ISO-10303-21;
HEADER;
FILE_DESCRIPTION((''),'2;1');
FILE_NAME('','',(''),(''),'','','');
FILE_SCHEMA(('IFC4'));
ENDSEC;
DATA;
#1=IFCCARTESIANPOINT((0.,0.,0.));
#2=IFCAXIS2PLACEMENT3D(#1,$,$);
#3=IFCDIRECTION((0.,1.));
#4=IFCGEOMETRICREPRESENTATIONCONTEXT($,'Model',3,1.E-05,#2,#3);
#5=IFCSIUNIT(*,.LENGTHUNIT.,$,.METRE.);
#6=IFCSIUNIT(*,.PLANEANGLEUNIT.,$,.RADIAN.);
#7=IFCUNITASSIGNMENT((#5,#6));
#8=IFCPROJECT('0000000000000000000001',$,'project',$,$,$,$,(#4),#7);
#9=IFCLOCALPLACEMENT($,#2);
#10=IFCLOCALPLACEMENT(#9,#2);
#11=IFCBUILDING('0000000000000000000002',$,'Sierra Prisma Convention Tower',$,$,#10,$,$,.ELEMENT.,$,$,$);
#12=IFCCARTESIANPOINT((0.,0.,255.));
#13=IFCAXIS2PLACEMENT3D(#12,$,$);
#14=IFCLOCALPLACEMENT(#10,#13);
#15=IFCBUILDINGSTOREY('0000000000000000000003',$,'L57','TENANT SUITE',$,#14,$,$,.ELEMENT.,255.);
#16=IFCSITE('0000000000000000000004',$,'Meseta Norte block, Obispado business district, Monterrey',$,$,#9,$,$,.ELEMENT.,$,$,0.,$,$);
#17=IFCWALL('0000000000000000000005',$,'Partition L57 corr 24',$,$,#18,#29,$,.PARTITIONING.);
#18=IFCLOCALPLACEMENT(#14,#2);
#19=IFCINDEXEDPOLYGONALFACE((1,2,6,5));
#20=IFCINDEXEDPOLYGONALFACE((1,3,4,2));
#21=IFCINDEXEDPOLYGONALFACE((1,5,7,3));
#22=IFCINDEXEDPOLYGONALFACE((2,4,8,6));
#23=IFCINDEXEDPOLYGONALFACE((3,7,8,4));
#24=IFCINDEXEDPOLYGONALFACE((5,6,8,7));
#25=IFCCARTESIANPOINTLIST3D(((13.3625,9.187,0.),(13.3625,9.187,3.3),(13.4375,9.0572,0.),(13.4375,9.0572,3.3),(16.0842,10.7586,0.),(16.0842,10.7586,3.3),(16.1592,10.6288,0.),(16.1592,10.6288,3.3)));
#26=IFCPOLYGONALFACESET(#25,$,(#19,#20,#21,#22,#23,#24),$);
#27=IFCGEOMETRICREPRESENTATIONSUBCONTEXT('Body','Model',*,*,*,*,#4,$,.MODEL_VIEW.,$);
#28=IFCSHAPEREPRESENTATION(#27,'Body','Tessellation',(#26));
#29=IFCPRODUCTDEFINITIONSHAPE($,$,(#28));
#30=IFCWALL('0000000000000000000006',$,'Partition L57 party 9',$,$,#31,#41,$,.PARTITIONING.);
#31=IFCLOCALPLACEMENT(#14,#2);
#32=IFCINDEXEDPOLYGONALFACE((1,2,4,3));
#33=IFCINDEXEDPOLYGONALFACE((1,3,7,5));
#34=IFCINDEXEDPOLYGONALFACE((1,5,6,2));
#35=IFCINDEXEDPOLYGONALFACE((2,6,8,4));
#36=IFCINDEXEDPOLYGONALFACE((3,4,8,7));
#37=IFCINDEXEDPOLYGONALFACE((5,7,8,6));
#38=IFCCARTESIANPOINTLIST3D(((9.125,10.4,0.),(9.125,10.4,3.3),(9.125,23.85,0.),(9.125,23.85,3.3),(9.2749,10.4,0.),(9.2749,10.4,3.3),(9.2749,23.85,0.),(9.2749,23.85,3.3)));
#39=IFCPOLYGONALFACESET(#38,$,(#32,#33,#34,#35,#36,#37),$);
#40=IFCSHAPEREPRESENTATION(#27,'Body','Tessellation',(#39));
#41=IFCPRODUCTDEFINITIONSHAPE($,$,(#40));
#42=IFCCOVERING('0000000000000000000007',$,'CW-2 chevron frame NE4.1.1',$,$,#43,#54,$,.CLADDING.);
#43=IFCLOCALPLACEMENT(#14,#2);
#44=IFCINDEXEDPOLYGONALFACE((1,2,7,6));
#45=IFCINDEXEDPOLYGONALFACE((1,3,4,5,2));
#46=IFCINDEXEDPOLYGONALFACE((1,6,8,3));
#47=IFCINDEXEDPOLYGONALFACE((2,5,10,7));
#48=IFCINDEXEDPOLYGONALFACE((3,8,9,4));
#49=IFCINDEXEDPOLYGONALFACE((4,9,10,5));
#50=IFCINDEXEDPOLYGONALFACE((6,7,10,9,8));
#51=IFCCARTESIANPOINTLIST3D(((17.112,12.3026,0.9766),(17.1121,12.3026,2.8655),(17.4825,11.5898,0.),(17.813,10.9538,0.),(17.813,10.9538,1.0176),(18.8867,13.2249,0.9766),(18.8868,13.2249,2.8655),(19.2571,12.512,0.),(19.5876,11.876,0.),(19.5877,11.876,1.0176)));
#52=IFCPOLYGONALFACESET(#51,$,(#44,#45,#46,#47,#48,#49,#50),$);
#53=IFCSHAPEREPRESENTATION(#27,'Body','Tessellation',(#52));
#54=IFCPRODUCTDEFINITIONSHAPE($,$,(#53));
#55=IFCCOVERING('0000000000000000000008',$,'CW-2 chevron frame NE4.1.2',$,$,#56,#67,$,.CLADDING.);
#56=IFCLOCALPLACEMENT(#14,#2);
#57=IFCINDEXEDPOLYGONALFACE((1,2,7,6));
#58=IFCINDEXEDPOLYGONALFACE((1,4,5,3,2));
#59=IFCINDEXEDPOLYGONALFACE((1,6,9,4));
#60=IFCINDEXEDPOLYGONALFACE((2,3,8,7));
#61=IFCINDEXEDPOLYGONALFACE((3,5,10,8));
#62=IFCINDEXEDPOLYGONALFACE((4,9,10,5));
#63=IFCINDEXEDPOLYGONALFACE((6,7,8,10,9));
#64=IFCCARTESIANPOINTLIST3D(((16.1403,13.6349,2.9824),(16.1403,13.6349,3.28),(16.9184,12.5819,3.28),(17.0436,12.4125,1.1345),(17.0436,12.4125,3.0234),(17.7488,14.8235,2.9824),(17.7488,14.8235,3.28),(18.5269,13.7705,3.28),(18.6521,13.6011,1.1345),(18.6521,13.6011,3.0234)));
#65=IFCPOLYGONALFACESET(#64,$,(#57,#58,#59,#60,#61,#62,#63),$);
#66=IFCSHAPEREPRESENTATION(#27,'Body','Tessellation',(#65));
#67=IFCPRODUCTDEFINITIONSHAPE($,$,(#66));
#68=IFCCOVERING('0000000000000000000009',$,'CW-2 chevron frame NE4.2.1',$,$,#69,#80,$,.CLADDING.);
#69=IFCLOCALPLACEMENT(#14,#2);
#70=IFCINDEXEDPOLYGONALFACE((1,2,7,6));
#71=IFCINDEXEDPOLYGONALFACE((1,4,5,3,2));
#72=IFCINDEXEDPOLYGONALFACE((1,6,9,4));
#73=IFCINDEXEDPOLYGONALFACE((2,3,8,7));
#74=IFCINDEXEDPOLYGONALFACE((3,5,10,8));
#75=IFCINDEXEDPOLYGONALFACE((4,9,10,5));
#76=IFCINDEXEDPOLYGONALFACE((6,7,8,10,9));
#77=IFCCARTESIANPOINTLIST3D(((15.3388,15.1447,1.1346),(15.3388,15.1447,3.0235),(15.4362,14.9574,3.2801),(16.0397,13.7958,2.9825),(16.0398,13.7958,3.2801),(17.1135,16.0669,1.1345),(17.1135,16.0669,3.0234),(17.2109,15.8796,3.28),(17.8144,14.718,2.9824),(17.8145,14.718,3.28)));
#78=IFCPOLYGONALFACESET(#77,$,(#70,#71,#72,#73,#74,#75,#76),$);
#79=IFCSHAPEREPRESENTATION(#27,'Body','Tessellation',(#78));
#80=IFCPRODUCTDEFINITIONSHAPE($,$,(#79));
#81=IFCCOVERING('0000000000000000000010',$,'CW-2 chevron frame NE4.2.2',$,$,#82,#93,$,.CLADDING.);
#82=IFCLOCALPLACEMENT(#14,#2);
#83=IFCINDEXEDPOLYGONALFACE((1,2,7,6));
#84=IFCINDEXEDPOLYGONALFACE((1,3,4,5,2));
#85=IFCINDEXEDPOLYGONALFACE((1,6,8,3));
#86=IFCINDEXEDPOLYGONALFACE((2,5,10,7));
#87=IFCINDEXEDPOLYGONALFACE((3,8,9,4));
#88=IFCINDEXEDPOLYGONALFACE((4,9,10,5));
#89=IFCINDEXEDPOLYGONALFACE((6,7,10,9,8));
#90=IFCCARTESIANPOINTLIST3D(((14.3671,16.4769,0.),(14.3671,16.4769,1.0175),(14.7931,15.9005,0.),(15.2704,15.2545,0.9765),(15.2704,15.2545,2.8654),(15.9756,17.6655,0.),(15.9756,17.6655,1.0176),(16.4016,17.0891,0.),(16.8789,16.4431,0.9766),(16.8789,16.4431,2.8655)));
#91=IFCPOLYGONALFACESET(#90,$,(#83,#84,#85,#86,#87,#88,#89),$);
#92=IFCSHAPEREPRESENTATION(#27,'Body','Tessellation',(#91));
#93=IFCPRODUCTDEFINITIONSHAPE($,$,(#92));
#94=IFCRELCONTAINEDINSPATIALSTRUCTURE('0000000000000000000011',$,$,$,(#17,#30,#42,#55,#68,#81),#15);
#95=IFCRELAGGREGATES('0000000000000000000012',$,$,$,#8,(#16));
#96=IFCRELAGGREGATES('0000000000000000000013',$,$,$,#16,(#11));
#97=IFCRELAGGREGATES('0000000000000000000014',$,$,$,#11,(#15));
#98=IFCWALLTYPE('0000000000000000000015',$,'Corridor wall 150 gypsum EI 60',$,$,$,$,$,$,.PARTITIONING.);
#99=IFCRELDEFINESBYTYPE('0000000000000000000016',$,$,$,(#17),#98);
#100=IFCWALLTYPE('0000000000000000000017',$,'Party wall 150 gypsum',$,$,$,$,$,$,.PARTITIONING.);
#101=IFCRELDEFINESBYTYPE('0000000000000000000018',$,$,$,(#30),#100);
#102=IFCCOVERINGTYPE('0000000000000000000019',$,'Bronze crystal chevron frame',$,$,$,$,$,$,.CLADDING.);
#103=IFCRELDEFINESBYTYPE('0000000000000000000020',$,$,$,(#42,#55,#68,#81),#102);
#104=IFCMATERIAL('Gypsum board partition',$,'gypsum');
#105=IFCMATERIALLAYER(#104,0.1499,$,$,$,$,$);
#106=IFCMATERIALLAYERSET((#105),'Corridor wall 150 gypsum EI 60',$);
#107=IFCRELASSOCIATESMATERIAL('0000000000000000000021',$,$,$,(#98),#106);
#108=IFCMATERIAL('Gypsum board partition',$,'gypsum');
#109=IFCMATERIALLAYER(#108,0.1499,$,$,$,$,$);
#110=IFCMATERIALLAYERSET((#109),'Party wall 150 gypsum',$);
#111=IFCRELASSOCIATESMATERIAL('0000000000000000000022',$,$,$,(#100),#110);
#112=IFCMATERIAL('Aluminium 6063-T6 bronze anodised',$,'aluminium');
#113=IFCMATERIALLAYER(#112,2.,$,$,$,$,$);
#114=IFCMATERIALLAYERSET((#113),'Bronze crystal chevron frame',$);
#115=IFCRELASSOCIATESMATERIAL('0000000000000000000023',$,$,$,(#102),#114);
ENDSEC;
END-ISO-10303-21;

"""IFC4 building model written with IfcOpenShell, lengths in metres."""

from ifc_helpers import new_model, si_unit, direction, frame, frame_2d, origin, place, context, subcontext, project, spatial, polyline, rectangle, outline, extrude, material, layer, layer_set, type_object, element, save


model = new_model("IFC4")

# Units and contexts
model_context = context("Model", 3, precision=1e-05, world=origin(), true_north=direction((0.0, 1.0)))
body_context = subcontext(model_context, "Body", "Model", "MODEL_VIEW")
ifc_project = project(units=[si_unit("LENGTHUNIT", "METRE"), si_unit("PLANEANGLEUNIT", "RADIAN")], contexts=[model_context])

# Site, building, storey
site_placement = place(None, origin())
site = spatial("IfcSite", under=ifc_project, at=site_placement, Name="Meseta Norte block, Obispado business district, Monterrey", CompositionType="ELEMENT", RefElevation=0.0)
building_placement = place(site_placement, origin())
building = spatial("IfcBuilding", under=site, at=building_placement, Name="Sierra Prisma Convention Tower", CompositionType="ELEMENT")
storey_placement = place(building_placement, frame((0.0, 0.0, 255.0)))
storey = spatial("IfcBuildingStorey", under=building, at=storey_placement, Name="L57", Description="TENANT SUITE", CompositionType="ELEMENT", Elevation=255.0)

# Shared definitions
ifc_material_1 = material(Name="Gypsum board partition", Category="gypsum")
ifc_layer_1 = layer(ifc_material_1, 0.1499)
ifc_layer_set_1 = layer_set([ifc_layer_1], Name="Corridor wall 150 gypsum EI 60")
wall_type_1 = type_object("IfcWallType", Name="Corridor wall 150 gypsum EI 60", PredefinedType="PARTITIONING", material=ifc_layer_set_1)

# Walls
wall_1_placement = place(storey_placement, frame((16.1216, 10.6936, 0.0), z_axis=(0.0, 0.0, 1.0), x_axis=(-0.866002, -0.500041, 0.0)))
element("IfcWall", 1, at=wall_1_placement, inside=storey, type_object=wall_type_1, Name="Partition L57 corr 24", PredefinedType="PARTITIONING", context=body_context, shape_type="SweptSolid", body=[
    extrude(rectangle(XDim=3.1428, YDim=0.1499, at=frame_2d((1.5713, 0.0))), origin(), (0.0, 0.0, 1.0), 3.3),
])
ifc_material_2 = material(Name="Gypsum board partition", Category="gypsum")
ifc_layer_2 = layer(ifc_material_2, 0.1499)
ifc_layer_set_2 = layer_set([ifc_layer_2], Name="Party wall 150 gypsum")
wall_type_2 = type_object("IfcWallType", Name="Party wall 150 gypsum", PredefinedType="PARTITIONING", material=ifc_layer_set_2)
wall_2_placement = place(storey_placement, frame((9.2, 10.3999, 0.0), z_axis=(0.0, 0.0, 1.0), x_axis=(0.0, 1.0, 0.0)))
element("IfcWall", 2, at=wall_2_placement, inside=storey, type_object=wall_type_2, Name="Partition L57 party 9", PredefinedType="PARTITIONING", context=body_context, shape_type="SweptSolid", body=[
    extrude(rectangle(XDim=13.45, YDim=0.1499, at=frame_2d((6.7251, 0.0))), origin(), (0.0, 0.0, 1.0), 3.3),
])

# Coverings
ifc_material_3 = material(Name="Aluminium 6063-T6 bronze anodised", Category="aluminium")
ifc_layer_3 = layer(ifc_material_3, 2.0)
ifc_layer_set_3 = layer_set([ifc_layer_3], Name="Bronze crystal chevron frame")
covering_type = type_object("IfcCoveringType", Name="Bronze crystal chevron frame", PredefinedType="CLADDING", material=ifc_layer_set_3)
covering_1_placement = place(storey_placement, frame((19.5876, 11.876, 0.0), z_axis=(0.887342, 0.461112, -0.000022), x_axis=(-0.461112, 0.887342, 0.0)))
element("IfcCovering", 3, at=covering_1_placement, inside=storey, type_object=covering_type, Name="CW-2 chevron frame NE4.1.1", PredefinedType="CLADDING", context=body_context, shape_type="SweptSolid", body=[
    extrude(outline(polyline([(0.0, 0.0), (0.7168, 0.0), (1.5201, 0.9766), (1.5201, 2.8655), (0.0, 1.0176), (0.0, 0.0)])), origin(), (0.0, 0.0, -1.0), 2.0),
])
covering_2_placement = place(storey_placement, frame((18.6521, 13.6011, 3.0234), z_axis=(0.804241, 0.594303, 0.000013), x_axis=(0.00001, 0.000008, -1.0)))
element("IfcCovering", 4, at=covering_2_placement, inside=storey, type_object=covering_type, Name="CW-2 chevron frame NE4.1.2", PredefinedType="CLADDING", context=body_context, shape_type="SweptSolid", body=[
    extrude(outline(polyline([(0.0, 0.0), (1.8889, 0.0), (0.041, 1.52), (-0.2566, 1.52), (-0.2566, 0.2107), (0.0, 0.0)])), origin(), (0.0, 0.0, -1.0), 2.0),
])
covering_3_placement = place(storey_placement, frame((17.8145, 14.718, 3.28), z_axis=(0.887351, 0.461094, -0.000039), x_axis=(-0.000035, -0.000018, -1.0)))
element("IfcCovering", 5, at=covering_3_placement, inside=storey, type_object=covering_type, Name="CW-2 chevron frame NE4.2.1", PredefinedType="CLADDING", context=body_context, shape_type="SweptSolid", body=[
    extrude(outline(polyline([(0.0, 0.0), (0.2976, 0.0), (2.1455, 1.5201), (0.2566, 1.5201), (0.0, 1.309), (0.0, 0.0)])), origin(), (0.0, 0.0, -1.0), 2.0),
])
covering_4_placement = place(storey_placement, frame((15.9756, 17.6655, 0.0), z_axis=(0.804233, 0.594314, 0.000018), x_axis=(-0.000014, -0.00001, 1.0)))
element("IfcCovering", 6, at=covering_4_placement, inside=storey, type_object=covering_type, Name="CW-2 chevron frame NE4.2.2", PredefinedType="CLADDING", context=body_context, shape_type="SweptSolid", body=[
    extrude(outline(polyline([(0.0, 0.0), (1.0176, 0.0), (2.8655, 1.52), (0.9766, 1.52), (0.0, 0.7168), (0.0, 0.0)])), origin(), (0.0, 0.0, -1.0), 2.0),
])

save(model, "model.ifc")
